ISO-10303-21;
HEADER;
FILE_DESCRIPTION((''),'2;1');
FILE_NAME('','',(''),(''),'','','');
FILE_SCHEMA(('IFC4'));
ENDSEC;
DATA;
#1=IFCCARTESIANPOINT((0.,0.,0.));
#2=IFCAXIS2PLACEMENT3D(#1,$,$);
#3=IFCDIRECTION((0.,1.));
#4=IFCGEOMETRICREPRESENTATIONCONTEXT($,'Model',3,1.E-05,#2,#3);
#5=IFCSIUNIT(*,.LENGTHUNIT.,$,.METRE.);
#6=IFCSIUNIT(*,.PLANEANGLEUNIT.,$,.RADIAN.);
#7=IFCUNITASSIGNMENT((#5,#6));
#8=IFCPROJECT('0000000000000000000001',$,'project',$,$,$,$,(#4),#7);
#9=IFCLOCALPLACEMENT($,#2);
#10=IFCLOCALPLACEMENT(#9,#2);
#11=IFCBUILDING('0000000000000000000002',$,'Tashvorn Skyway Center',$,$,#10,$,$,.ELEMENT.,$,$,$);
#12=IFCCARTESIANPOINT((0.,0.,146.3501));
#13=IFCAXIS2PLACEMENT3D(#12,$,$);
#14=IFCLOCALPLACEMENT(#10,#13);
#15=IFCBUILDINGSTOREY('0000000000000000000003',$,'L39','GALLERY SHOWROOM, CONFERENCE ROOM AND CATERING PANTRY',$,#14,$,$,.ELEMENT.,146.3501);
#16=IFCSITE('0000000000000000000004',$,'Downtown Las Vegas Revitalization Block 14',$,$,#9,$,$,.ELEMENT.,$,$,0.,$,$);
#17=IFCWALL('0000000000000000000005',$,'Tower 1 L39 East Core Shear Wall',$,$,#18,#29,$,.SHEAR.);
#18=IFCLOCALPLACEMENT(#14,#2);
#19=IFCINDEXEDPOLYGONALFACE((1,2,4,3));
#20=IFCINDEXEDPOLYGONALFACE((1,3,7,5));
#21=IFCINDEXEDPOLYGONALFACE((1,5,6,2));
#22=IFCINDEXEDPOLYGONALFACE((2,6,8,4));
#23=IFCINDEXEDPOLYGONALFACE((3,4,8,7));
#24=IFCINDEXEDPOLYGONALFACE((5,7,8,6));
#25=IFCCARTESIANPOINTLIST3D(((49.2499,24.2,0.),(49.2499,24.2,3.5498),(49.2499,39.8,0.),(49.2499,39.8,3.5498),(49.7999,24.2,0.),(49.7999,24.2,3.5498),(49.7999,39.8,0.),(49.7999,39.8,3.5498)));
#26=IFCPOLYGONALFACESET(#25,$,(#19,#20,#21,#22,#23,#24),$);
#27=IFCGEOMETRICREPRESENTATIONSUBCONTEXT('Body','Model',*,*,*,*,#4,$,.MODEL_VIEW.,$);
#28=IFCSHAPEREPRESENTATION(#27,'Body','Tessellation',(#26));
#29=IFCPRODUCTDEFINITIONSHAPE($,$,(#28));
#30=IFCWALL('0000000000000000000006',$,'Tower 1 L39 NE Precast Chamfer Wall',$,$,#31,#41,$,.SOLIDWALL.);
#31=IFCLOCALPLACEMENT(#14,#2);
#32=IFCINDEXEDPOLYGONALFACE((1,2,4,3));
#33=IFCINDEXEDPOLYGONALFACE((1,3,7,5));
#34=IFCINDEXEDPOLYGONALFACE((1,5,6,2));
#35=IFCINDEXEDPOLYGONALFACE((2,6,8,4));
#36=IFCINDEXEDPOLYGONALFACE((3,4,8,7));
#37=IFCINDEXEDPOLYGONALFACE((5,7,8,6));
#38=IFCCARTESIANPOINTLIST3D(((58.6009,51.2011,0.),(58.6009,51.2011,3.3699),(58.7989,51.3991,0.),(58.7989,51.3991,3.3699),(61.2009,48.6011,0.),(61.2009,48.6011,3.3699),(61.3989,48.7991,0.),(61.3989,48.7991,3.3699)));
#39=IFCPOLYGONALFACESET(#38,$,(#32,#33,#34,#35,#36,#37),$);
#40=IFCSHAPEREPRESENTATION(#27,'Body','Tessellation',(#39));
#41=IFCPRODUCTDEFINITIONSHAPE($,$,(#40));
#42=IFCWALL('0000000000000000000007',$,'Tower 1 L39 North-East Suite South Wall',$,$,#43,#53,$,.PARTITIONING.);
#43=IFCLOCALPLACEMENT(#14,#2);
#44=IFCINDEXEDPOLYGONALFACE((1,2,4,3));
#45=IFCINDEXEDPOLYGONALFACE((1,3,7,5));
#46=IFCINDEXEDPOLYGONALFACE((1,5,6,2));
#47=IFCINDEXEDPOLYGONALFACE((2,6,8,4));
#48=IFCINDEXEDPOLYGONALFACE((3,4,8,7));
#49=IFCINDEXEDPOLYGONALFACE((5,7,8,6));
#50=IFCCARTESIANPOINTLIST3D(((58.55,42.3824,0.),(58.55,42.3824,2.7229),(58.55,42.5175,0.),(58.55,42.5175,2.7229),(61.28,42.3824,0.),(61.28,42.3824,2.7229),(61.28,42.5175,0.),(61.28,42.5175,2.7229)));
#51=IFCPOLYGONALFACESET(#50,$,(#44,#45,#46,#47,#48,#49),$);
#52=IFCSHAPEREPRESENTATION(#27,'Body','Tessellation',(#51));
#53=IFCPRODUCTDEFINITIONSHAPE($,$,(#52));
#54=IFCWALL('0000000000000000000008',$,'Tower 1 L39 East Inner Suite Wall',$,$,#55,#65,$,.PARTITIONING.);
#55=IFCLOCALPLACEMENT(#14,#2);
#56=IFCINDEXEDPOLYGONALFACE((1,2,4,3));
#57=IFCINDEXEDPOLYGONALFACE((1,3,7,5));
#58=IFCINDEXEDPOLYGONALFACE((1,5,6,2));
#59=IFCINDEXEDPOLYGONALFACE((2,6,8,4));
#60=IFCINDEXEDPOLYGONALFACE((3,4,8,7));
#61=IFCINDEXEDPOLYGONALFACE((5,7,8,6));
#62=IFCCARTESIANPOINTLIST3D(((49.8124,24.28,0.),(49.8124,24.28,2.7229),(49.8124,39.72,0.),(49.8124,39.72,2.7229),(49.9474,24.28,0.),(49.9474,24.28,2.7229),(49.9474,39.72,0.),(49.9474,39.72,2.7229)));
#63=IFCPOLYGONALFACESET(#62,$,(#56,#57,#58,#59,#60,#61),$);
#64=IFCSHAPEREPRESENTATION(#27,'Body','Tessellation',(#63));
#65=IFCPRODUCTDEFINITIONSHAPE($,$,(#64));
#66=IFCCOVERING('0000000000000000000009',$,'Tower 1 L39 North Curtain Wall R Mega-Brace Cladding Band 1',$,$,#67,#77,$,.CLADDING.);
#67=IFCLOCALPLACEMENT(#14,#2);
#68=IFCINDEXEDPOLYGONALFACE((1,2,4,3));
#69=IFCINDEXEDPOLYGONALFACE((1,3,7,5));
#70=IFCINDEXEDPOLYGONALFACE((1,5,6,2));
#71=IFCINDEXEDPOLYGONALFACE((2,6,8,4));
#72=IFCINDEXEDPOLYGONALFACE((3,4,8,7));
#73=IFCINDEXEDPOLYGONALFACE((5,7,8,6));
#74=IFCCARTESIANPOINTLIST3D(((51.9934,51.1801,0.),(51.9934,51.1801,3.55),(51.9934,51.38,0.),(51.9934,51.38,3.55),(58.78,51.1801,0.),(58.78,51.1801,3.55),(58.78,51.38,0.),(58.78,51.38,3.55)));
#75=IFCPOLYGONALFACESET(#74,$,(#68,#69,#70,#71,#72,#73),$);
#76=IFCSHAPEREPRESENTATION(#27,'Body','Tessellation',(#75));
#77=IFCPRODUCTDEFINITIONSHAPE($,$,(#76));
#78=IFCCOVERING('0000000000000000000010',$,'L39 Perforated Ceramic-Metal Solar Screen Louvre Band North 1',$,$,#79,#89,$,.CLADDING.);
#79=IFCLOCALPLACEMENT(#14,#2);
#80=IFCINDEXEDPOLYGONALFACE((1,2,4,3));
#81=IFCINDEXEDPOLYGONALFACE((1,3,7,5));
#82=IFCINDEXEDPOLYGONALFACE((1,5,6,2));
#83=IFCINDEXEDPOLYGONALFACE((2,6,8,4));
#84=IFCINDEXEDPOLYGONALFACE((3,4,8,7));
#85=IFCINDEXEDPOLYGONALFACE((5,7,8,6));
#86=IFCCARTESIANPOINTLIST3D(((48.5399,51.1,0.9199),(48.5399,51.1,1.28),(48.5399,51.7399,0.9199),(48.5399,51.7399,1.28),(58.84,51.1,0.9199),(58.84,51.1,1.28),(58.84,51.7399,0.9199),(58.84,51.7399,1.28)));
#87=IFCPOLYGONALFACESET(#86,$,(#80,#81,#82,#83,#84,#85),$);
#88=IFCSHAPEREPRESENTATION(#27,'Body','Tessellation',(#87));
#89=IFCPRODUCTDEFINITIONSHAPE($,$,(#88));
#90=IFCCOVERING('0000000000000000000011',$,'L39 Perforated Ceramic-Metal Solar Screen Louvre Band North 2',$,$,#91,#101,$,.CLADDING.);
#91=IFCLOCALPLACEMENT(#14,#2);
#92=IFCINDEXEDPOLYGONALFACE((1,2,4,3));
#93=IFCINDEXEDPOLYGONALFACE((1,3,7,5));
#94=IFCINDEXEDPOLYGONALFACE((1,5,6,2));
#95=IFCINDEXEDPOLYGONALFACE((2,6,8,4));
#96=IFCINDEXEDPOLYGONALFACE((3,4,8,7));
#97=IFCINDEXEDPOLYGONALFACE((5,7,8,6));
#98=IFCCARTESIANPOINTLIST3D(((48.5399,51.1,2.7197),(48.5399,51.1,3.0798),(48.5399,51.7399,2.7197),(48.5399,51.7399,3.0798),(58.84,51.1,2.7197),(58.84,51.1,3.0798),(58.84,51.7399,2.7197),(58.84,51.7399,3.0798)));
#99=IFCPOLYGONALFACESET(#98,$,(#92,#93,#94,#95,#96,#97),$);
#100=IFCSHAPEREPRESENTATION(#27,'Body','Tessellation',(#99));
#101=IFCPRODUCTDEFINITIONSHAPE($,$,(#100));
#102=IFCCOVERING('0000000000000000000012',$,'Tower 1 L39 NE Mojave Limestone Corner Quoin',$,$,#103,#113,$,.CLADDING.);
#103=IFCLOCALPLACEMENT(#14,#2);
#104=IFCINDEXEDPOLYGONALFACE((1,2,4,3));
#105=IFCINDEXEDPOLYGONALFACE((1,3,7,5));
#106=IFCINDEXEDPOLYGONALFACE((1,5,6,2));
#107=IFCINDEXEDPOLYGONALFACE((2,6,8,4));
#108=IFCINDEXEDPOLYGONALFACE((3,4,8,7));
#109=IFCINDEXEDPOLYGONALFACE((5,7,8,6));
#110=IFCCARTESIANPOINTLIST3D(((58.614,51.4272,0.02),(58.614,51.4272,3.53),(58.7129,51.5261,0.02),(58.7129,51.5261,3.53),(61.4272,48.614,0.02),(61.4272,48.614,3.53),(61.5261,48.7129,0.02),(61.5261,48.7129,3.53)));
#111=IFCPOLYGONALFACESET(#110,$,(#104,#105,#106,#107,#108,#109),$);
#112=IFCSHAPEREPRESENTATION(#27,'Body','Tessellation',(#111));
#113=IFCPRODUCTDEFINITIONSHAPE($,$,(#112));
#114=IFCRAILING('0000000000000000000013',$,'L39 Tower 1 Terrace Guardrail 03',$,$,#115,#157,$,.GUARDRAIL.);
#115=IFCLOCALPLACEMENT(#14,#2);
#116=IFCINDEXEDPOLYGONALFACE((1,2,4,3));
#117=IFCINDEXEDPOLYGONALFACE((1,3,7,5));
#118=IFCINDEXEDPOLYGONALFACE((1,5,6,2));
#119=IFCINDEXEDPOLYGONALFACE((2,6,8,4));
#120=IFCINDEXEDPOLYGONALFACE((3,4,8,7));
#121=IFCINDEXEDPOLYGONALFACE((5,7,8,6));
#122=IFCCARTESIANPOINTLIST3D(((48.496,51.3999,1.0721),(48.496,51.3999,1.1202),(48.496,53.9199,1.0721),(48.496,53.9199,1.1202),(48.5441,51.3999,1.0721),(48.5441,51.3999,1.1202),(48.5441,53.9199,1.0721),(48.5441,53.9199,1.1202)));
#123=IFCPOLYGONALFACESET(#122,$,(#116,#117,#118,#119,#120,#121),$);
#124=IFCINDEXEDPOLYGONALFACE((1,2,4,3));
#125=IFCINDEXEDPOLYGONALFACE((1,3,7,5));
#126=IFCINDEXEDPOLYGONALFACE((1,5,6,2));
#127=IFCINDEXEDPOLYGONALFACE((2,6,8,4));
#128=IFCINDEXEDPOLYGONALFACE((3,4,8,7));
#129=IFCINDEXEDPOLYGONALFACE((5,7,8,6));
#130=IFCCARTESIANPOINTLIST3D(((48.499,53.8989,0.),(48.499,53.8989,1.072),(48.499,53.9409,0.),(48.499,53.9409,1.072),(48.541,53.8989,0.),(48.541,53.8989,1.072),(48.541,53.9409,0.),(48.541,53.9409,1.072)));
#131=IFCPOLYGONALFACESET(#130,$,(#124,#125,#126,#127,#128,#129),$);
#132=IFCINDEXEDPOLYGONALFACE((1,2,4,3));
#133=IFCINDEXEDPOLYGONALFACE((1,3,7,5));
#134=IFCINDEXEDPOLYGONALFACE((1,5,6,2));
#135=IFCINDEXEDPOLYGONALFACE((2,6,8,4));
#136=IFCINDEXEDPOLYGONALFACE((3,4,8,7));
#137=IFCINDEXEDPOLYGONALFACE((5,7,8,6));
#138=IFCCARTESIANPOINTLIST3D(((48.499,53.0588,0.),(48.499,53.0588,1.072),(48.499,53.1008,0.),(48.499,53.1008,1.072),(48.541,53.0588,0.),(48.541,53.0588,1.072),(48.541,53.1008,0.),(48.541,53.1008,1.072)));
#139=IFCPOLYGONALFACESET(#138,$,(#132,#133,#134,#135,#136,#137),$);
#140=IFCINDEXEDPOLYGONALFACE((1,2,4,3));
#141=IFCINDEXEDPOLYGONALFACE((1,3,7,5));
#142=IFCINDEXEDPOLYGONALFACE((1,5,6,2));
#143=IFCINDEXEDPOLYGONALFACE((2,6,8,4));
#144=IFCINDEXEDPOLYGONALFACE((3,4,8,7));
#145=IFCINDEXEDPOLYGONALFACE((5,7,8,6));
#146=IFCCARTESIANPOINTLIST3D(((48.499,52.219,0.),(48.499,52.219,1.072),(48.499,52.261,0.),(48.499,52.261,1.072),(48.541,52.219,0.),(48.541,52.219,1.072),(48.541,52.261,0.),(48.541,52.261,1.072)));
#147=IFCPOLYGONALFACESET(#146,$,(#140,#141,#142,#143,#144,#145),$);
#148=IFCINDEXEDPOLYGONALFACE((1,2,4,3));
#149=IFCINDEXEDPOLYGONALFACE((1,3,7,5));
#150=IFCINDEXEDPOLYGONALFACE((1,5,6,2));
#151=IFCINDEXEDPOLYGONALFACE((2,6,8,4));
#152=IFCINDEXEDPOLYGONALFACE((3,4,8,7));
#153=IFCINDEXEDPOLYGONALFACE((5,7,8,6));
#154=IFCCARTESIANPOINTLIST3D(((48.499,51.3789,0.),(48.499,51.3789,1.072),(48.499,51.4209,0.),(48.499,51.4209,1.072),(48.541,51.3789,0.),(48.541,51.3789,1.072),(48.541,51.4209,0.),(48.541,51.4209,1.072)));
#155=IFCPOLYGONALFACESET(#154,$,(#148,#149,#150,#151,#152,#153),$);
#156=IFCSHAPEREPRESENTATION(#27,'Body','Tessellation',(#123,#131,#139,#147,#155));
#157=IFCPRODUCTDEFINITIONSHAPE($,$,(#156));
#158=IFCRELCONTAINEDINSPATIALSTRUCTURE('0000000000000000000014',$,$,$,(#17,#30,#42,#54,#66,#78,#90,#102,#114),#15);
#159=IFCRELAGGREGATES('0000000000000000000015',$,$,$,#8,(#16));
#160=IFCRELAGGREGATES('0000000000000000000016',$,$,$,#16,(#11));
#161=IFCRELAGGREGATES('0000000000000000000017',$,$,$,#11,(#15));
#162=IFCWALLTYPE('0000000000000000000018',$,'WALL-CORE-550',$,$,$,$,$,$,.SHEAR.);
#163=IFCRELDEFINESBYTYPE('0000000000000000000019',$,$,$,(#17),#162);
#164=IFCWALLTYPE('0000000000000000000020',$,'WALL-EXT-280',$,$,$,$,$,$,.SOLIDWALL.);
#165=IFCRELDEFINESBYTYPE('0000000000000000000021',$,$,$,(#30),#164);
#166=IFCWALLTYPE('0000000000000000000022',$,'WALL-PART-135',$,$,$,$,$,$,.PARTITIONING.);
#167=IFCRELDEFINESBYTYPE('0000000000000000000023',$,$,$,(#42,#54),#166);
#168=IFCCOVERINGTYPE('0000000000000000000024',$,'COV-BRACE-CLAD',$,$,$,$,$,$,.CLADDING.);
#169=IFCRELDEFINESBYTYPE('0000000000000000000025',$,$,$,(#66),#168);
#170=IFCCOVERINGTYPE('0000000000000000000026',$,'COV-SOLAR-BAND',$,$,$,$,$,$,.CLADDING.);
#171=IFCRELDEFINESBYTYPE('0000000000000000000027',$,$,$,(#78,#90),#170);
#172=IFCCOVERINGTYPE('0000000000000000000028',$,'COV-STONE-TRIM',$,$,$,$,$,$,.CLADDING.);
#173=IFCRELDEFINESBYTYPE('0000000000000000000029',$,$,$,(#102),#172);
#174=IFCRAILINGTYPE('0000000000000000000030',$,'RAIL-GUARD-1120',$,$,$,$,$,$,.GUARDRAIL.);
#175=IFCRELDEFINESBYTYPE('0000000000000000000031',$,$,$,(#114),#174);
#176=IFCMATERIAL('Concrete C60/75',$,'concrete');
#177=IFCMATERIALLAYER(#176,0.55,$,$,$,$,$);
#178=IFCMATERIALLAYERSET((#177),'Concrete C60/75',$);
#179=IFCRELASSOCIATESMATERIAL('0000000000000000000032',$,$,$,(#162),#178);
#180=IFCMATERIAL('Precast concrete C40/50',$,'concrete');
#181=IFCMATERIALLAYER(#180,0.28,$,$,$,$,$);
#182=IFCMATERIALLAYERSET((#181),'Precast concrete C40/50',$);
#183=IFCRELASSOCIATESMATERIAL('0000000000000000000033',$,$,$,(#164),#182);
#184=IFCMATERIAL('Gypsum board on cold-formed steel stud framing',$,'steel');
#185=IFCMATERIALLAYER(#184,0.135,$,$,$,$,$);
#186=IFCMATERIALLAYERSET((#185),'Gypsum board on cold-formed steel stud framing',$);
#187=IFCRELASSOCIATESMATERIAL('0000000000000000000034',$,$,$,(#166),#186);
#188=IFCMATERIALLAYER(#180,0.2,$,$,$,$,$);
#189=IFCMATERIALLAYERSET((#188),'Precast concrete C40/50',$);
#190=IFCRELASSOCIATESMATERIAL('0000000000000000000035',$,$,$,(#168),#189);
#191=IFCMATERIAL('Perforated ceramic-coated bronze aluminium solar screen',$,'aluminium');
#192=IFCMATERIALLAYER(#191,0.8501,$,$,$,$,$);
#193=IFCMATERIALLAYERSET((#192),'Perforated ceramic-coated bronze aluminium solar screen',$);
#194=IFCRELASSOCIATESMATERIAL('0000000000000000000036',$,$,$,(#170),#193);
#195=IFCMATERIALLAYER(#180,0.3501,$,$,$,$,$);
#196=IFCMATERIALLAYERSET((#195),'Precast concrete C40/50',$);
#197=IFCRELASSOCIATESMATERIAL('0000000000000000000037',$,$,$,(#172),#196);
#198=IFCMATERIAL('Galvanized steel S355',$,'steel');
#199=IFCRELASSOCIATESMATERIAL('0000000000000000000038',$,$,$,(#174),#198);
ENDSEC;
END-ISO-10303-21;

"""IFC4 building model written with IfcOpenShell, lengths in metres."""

from ifc_helpers import new_model, si_unit, direction, frame, frame_2d, origin, origin_2d, place, context, subcontext, project, spatial, rectangle, extrude, material, layer, layer_set, type_object, element, save


model = new_model("IFC4")

# Units and contexts
model_context = context("Model", 3, precision=1e-05, world=origin(), true_north=direction((0.0, 1.0)))
body_context = subcontext(model_context, "Body", "Model", "MODEL_VIEW")
ifc_project = project(units=[si_unit("LENGTHUNIT", "METRE"), si_unit("PLANEANGLEUNIT", "RADIAN")], contexts=[model_context])

# Site, building, storey
site_placement = place(None, origin())
site = spatial("IfcSite", under=ifc_project, at=site_placement, Name="Downtown Las Vegas Revitalization Block 14", CompositionType="ELEMENT", RefElevation=0.0)
building_placement = place(site_placement, origin())
building = spatial("IfcBuilding", under=site, at=building_placement, Name="Tashvorn Skyway Center", CompositionType="ELEMENT")
storey_placement = place(building_placement, frame((0.0, 0.0, 146.3501)))
storey = spatial("IfcBuildingStorey", under=building, at=storey_placement, Name="L39", Description="GALLERY SHOWROOM, CONFERENCE ROOM AND CATERING PANTRY", CompositionType="ELEMENT", Elevation=146.3501)

# Walls
ifc_material_1 = material(Name="Concrete C60/75", Category="concrete")
ifc_layer_1 = layer(ifc_material_1, 0.55)
ifc_layer_set_1 = layer_set([ifc_layer_1], Name="Concrete C60/75")
wall_type_1 = type_object("IfcWallType", Name="WALL-CORE-550", PredefinedType="SHEAR", material=ifc_layer_set_1)
wall_1_placement = place(storey_placement, frame((49.5249, 39.8, 0.0), z_axis=(0.0, 0.0, 1.0), x_axis=(0.0, -1.0, 0.0)))
element("IfcWall", 1, at=wall_1_placement, inside=storey, type_object=wall_type_1, Name="Tower 1 L39 East Core Shear Wall", PredefinedType="SHEAR", context=body_context, shape_type="SweptSolid", body=[
    extrude(rectangle(XDim=15.6001, YDim=0.55, at=frame_2d((7.8, 0.0))), origin(), (0.0, 0.0, 1.0), 3.5498),
])
ifc_material_2 = material(Name="Precast concrete C40/50", Category="concrete")
ifc_layer_2 = layer(ifc_material_2, 0.28)
ifc_layer_set_2 = layer_set([ifc_layer_2], Name="Precast concrete C40/50")
wall_type_2 = type_object("IfcWallType", Name="WALL-EXT-280", PredefinedType="SOLIDWALL", material=ifc_layer_set_2)
wall_2_placement = place(storey_placement, frame((58.7, 51.3, 0.0), z_axis=(0.0, 0.0, 1.0), x_axis=(0.707107, -0.707107, 0.0)))
element("IfcWall", 2, at=wall_2_placement, inside=storey, type_object=wall_type_2, Name="Tower 1 L39 NE Precast Chamfer Wall", PredefinedType="SOLIDWALL", context=body_context, shape_type="SweptSolid", body=[
    extrude(rectangle(XDim=3.677, YDim=0.28, at=frame_2d((1.8384, 0.0))), origin(), (0.0, 0.0, 1.0), 3.3699),
])
ifc_material_3 = material(Name="Gypsum board on cold-formed steel stud framing", Category="steel")
ifc_layer_3 = layer(ifc_material_3, 0.135)
ifc_layer_set_3 = layer_set([ifc_layer_3], Name="Gypsum board on cold-formed steel stud framing")
wall_type_3 = type_object("IfcWallType", Name="WALL-PART-135", PredefinedType="PARTITIONING", material=ifc_layer_set_3)
wall_3_placement = place(storey_placement, frame((58.55, 42.45, 0.0), z_axis=(0.0, 0.0, 1.0), x_axis=(1.0, 0.0, 0.0)))
element("IfcWall", 3, at=wall_3_placement, inside=storey, type_object=wall_type_3, Name="Tower 1 L39 North-East Suite South Wall", PredefinedType="PARTITIONING", context=body_context, shape_type="SweptSolid", body=[
    extrude(rectangle(XDim=2.73, YDim=0.135, at=frame_2d((1.365, 0.0))), origin(), (0.0, 0.0, 1.0), 2.7229),
])
wall_4_placement = place(storey_placement, frame((49.8799, 39.72, 0.0), z_axis=(0.0, 0.0, 1.0), x_axis=(0.0, -1.0, 0.0)))
element("IfcWall", 4, at=wall_4_placement, inside=storey, type_object=wall_type_3, Name="Tower 1 L39 East Inner Suite Wall", PredefinedType="PARTITIONING", context=body_context, shape_type="SweptSolid", body=[
    extrude(rectangle(XDim=15.4399, YDim=0.135, at=frame_2d((7.72, 0.0))), origin(), (0.0, 0.0, 1.0), 2.7229),
])

# Coverings
ifc_layer_4 = layer(ifc_material_2, 0.2)
ifc_layer_set_4 = layer_set([ifc_layer_4], Name="Precast concrete C40/50")
covering_type_1 = type_object("IfcCoveringType", Name="COV-BRACE-CLAD", PredefinedType="CLADDING", material=ifc_layer_set_4)
covering_1_placement = place(storey_placement, frame((55.3867, 51.28, 0.0), z_axis=(0.0, 0.0, 1.0), x_axis=(1.0, 0.0, 0.0)))
element("IfcCovering", 5, at=covering_1_placement, inside=storey, type_object=covering_type_1, Name="Tower 1 L39 North Curtain Wall R Mega-Brace Cladding Band 1", PredefinedType="CLADDING", context=body_context, shape_type="SweptSolid", body=[
    extrude(rectangle(XDim=6.7866, YDim=0.2, at=origin_2d()), origin(), (0.0, 0.0, 1.0), 3.55),
])
ifc_material_4 = material(Name="Perforated ceramic-coated bronze aluminium solar screen", Category="aluminium")
ifc_layer_5 = layer(ifc_material_4, 0.8501)
ifc_layer_set_5 = layer_set([ifc_layer_5], Name="Perforated ceramic-coated bronze aluminium solar screen")
covering_type_2 = type_object("IfcCoveringType", Name="COV-SOLAR-BAND", PredefinedType="CLADDING", material=ifc_layer_set_5)
for number, where, z_axis, x_axis, name in (
    (6, (53.6899, 51.4199, 0.9199), (0.0, 0.0, 1.0), (1.0, 0.0, 0.0), "L39 Perforated Ceramic-Metal Solar Screen Louvre Band North 1"),
    (7, (53.6899, 51.4199, 2.7197), (0.0, 0.0, 1.0), (1.0, 0.0, 0.0), "L39 Perforated Ceramic-Metal Solar Screen Louvre Band North 2"),
):
    element("IfcCovering", number, at=place(storey_placement, frame(where, z_axis=z_axis, x_axis=x_axis)), inside=storey, type_object=covering_type_2, Name=name, PredefinedType="CLADDING", context=body_context, shape_type="SweptSolid", body=[
        extrude(rectangle(XDim=10.3, YDim=0.6399, at=origin_2d()), origin(), (0.0, 0.0, 1.0), 0.3601),
    ])
ifc_layer_6 = layer(ifc_material_2, 0.3501)
ifc_layer_set_6 = layer_set([ifc_layer_6], Name="Precast concrete C40/50")
covering_type_3 = type_object("IfcCoveringType", Name="COV-STONE-TRIM", PredefinedType="CLADDING", material=ifc_layer_set_6)
covering_2_placement = place(storey_placement, frame((60.0701, 50.0701, 0.02), z_axis=(0.0, 0.0, 1.0), x_axis=(0.707107, -0.707107, 0.0)))
element("IfcCovering", 8, at=covering_2_placement, inside=storey, type_object=covering_type_3, Name="Tower 1 L39 NE Mojave Limestone Corner Quoin", PredefinedType="CLADDING", context=body_context, shape_type="SweptSolid", body=[
    extrude(rectangle(XDim=3.9785, YDim=0.1399, at=origin_2d()), origin(), (0.0, 0.0, 1.0), 3.51),
])

# Railing
ifc_material_5 = material(Name="Galvanized steel S355", Category="steel")
railing_type = type_object("IfcRailingType", Name="RAIL-GUARD-1120", PredefinedType="GUARDRAIL", material=ifc_material_5)
railing_placement = place(storey_placement, frame((48.52, 53.9199, 0.0)))
element("IfcRailing", 9, at=railing_placement, inside=storey, type_object=railing_type, Name="L39 Tower 1 Terrace Guardrail 03", PredefinedType="GUARDRAIL", context=body_context, shape_type="SweptSolid", body=[
    extrude(rectangle(XDim=0.0481, YDim=0.0481, at=origin_2d()), frame((0.0, 0.0, 1.0962), z_axis=(0.0, -1.0, 0.0), x_axis=(1.0, 0.0, 0.0)), (0.0, 0.0, 1.0), 2.52),
    extrude(rectangle(XDim=0.042, YDim=0.042, at=origin_2d()), origin(), (0.0, 0.0, 1.0), 1.072),
    extrude(rectangle(XDim=0.042, YDim=0.042, at=origin_2d()), frame((0.0, -0.8401, 0.0)), (0.0, 0.0, 1.0), 1.072),
    extrude(rectangle(XDim=0.042, YDim=0.042, at=origin_2d()), frame((0.0, -1.6799, 0.0)), (0.0, 0.0, 1.0), 1.072),
    extrude(rectangle(XDim=0.042, YDim=0.042, at=origin_2d()), frame((0.0, -2.52, 0.0)), (0.0, 0.0, 1.0), 1.072),
])

save(model, "model.ifc")
